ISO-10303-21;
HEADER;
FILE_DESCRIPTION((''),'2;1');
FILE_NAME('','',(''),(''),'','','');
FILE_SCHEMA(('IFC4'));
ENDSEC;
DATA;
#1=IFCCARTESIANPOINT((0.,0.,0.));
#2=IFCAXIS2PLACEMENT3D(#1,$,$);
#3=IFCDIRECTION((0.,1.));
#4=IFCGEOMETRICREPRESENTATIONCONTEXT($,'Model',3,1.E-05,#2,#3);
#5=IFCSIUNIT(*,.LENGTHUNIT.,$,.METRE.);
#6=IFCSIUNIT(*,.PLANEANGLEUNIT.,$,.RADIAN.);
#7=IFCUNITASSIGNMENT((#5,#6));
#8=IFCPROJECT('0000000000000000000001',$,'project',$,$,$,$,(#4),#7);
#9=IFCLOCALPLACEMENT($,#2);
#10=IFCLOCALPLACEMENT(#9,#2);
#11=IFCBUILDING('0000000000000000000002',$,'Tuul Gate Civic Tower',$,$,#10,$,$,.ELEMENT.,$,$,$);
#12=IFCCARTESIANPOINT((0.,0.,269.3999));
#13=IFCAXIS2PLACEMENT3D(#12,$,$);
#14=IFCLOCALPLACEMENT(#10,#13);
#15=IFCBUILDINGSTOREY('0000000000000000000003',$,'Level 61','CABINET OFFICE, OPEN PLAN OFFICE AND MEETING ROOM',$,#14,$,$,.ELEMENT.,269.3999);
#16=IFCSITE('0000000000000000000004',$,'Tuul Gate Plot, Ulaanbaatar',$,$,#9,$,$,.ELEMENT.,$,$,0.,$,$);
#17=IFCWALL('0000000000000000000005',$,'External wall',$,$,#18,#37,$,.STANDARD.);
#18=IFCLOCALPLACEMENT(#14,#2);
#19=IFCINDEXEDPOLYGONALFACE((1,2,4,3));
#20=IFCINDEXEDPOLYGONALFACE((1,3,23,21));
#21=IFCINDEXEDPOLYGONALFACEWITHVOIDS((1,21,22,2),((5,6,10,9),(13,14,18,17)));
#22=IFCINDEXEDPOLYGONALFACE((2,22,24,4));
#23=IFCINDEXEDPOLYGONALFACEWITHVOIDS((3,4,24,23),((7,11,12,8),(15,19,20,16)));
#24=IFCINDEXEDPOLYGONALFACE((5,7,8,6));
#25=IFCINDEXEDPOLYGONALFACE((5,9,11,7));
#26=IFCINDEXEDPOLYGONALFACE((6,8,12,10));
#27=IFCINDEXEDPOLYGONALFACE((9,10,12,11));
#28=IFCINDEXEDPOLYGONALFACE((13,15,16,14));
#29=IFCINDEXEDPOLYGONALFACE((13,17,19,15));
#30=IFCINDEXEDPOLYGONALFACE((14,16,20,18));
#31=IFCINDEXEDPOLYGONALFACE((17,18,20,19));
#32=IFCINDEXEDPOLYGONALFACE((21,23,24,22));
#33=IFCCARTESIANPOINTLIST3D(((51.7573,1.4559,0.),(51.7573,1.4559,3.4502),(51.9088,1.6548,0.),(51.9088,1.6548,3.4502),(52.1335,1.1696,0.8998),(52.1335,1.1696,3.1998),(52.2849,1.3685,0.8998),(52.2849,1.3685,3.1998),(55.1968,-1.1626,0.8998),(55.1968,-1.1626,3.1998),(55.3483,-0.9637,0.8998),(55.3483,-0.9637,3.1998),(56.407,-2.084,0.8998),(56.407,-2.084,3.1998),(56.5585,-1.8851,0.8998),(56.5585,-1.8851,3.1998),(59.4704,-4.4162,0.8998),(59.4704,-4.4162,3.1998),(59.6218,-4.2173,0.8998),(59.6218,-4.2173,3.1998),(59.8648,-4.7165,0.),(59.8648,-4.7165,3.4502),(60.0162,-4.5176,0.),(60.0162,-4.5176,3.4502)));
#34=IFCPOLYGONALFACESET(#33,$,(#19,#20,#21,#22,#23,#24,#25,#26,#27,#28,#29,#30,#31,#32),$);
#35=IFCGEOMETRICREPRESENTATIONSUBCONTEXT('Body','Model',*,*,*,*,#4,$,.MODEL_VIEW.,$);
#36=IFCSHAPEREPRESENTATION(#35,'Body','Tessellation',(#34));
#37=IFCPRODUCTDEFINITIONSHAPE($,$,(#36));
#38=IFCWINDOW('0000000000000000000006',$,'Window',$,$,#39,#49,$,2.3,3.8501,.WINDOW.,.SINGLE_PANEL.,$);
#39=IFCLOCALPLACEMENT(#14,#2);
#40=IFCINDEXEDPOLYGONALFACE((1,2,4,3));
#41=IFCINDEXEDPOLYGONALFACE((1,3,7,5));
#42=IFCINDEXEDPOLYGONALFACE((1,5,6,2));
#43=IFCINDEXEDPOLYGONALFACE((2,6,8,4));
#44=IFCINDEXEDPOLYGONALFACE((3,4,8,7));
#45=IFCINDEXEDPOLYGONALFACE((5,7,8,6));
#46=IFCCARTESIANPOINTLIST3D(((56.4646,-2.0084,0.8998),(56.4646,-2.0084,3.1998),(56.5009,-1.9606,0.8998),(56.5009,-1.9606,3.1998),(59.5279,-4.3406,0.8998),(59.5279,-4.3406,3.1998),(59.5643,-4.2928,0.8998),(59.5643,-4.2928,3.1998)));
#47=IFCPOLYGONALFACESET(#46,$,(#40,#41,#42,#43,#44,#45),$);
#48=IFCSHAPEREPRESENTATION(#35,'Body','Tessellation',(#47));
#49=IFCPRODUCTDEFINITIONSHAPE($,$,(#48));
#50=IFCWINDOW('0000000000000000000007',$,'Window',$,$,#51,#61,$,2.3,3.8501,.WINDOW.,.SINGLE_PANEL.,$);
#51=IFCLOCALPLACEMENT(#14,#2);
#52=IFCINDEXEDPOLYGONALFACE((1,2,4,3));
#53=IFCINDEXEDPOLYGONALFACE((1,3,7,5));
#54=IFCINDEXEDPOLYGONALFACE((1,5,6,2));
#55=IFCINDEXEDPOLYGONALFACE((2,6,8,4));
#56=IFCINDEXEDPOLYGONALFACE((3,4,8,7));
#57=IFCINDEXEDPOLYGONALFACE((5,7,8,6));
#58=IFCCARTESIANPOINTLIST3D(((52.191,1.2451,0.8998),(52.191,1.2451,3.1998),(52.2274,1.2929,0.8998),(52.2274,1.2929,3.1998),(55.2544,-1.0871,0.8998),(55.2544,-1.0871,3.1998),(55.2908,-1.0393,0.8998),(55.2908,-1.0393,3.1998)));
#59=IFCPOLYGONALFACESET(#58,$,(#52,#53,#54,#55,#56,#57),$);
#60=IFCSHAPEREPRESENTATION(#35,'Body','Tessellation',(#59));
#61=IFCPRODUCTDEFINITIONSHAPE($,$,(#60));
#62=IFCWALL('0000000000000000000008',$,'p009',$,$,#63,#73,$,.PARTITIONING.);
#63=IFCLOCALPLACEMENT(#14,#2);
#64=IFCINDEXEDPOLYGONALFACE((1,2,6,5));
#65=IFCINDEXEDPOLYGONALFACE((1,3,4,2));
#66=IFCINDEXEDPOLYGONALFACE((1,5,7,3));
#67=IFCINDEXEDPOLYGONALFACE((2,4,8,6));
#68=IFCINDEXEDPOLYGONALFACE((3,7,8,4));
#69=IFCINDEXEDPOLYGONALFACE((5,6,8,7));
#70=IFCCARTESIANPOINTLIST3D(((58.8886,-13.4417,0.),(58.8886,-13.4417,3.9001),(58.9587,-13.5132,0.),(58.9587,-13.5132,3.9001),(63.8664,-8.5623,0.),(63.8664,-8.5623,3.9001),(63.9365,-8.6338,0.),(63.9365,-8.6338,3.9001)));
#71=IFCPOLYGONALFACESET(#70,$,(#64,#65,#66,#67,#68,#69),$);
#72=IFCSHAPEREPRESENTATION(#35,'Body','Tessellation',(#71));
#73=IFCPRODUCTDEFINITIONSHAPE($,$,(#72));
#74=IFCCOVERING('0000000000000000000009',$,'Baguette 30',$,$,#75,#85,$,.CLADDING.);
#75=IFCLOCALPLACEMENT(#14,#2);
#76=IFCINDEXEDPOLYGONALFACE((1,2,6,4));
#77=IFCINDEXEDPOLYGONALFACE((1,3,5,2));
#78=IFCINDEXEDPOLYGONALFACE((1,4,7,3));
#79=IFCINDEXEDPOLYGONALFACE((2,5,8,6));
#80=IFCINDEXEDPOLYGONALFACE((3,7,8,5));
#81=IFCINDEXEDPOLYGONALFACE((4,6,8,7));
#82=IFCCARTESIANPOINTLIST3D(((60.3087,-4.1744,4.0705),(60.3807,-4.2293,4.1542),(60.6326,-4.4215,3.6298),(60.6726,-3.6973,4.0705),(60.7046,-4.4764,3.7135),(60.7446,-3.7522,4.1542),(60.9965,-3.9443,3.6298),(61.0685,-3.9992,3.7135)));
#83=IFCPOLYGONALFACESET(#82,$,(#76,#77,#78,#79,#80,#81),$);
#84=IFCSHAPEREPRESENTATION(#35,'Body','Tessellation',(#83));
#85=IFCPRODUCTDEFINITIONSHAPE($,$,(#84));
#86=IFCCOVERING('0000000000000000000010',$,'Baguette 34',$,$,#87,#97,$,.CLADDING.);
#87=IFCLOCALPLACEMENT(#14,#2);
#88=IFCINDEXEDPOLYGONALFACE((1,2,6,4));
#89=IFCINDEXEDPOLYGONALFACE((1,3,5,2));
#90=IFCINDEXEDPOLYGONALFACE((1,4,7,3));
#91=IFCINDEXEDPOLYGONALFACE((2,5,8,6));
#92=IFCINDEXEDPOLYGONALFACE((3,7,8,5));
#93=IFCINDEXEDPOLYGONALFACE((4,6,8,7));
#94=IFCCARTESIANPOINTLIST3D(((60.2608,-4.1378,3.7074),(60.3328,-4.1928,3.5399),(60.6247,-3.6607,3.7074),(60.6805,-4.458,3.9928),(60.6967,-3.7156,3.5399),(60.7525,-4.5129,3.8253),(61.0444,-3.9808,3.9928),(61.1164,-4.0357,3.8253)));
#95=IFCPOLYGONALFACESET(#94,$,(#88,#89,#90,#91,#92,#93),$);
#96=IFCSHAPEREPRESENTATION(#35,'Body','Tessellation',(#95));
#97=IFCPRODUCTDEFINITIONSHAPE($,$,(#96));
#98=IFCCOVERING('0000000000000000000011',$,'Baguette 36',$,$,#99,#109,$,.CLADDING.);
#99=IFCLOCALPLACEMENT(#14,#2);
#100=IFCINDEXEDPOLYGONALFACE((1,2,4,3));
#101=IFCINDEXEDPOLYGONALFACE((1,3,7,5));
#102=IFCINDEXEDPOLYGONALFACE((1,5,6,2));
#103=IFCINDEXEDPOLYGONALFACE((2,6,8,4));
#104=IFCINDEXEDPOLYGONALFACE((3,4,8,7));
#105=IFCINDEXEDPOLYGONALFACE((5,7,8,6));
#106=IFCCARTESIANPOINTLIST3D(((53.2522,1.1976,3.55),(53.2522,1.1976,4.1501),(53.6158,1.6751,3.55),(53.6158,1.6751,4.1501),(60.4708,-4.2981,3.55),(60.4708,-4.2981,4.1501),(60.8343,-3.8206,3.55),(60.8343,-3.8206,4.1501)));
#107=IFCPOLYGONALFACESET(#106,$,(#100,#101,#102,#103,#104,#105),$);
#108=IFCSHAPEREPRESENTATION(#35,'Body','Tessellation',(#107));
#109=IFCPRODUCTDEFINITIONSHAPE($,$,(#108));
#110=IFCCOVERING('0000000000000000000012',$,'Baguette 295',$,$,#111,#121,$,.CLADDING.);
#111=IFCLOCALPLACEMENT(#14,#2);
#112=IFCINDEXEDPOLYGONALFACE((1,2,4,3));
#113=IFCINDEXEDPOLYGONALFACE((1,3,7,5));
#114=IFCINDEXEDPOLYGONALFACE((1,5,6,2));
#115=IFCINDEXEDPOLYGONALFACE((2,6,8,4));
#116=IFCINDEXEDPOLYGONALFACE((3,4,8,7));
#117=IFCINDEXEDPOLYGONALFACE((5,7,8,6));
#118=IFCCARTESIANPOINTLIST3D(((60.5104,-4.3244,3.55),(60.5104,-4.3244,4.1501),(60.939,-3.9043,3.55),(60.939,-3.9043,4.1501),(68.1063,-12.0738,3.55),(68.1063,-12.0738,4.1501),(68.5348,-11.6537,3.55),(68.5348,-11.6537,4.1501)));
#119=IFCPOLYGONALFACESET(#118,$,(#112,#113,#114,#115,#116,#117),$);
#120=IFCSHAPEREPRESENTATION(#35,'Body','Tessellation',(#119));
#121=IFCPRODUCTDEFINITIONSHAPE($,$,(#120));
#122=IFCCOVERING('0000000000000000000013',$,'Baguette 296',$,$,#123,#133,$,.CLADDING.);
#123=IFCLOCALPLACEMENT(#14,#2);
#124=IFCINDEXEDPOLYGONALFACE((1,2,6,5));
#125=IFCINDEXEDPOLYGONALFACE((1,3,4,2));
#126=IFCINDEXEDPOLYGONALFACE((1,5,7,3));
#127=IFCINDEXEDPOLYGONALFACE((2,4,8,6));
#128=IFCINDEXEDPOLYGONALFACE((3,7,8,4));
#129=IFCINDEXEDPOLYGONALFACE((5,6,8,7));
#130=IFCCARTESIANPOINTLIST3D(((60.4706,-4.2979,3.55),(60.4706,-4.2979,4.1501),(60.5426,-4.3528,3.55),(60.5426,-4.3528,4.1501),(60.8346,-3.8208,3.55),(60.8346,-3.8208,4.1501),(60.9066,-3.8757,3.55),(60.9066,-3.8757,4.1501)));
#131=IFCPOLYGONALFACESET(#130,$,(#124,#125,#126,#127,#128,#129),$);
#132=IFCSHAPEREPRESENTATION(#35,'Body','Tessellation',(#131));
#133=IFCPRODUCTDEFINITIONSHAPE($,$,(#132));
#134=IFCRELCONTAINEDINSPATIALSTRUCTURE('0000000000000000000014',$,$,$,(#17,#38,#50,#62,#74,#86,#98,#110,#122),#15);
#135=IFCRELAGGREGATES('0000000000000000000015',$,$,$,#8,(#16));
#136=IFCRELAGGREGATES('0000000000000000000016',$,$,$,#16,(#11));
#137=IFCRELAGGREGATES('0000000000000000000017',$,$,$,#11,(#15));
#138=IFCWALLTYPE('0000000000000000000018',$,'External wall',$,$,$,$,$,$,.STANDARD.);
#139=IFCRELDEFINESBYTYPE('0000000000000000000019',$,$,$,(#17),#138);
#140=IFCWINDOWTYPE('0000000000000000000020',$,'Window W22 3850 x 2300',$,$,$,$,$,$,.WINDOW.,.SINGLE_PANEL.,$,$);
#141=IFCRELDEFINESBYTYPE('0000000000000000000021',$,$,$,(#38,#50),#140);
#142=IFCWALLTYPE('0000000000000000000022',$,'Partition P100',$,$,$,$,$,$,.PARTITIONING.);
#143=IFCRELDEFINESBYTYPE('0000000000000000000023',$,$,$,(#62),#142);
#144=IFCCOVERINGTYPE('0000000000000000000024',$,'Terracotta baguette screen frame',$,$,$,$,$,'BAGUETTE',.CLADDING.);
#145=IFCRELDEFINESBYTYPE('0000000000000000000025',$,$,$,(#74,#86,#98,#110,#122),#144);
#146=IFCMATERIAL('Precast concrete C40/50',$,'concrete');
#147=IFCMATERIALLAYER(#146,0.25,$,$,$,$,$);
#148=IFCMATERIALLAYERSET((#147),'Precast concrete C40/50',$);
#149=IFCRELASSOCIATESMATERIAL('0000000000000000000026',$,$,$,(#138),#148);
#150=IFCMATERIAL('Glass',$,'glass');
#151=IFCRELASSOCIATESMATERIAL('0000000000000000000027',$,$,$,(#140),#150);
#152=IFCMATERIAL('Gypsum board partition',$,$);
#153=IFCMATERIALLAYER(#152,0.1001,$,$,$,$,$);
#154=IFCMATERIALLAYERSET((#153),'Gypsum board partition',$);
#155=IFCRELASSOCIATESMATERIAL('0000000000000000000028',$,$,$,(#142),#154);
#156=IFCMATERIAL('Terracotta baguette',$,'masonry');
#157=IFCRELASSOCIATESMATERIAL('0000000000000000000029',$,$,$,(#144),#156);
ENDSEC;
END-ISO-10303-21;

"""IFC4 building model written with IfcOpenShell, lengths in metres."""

from ifc_helpers import new_model, si_unit, direction, frame, frame_2d, origin, origin_2d, place, context, subcontext, project, spatial, rectangle, extrude, material, layer, layer_set, material_profile, profile_set, type_object, element, fill, save


model = new_model("IFC4")

# Units and contexts
model_context = context("Model", 3, precision=1e-05, world=origin(), true_north=direction((0.0, 1.0)))
body_context = subcontext(model_context, "Body", "Model", "MODEL_VIEW")
ifc_project = project(units=[si_unit("LENGTHUNIT", "METRE"), si_unit("PLANEANGLEUNIT", "RADIAN")], contexts=[model_context])

# Site, building, storey
site_placement = place(None, origin())
site = spatial("IfcSite", under=ifc_project, at=site_placement, Name="Tuul Gate Plot, Ulaanbaatar", CompositionType="ELEMENT", RefElevation=0.0)
building_placement = place(site_placement, origin())
building = spatial("IfcBuilding", under=site, at=building_placement, Name="Tuul Gate Civic Tower", CompositionType="ELEMENT")
storey_placement = place(building_placement, frame((0.0, 0.0, 269.3999)))
storey = spatial("IfcBuildingStorey", under=building, at=storey_placement, Name="Level 61", Description="CABINET OFFICE, OPEN PLAN OFFICE AND MEETING ROOM", CompositionType="ELEMENT", Elevation=269.3999)

# Wall, openings, windows
ifc_material_1 = material(Name="Precast concrete C40/50", Category="concrete")
ifc_layer_1 = layer(ifc_material_1, 0.25)
ifc_layer_set_1 = layer_set([ifc_layer_1], Name="Precast concrete C40/50")
wall_type_1 = type_object("IfcWallType", Name="External wall", PredefinedType="STANDARD", material=ifc_layer_set_1)
ifc_material_2 = material(Name="Glass", Category="glass")
window_type = type_object("IfcWindowType", Name="Window W22 3850 x 2300", PartitioningType="SINGLE_PANEL", PredefinedType="WINDOW", material=ifc_material_2)
wall_1_placement = place(storey_placement, frame((59.9404, -4.6169, 0.0), z_axis=(0.0, 0.0, 1.0), x_axis=(-0.795655, 0.60575, 0.0)))
wall_1 = element("IfcWall", 1, at=wall_1_placement, inside=storey, type_object=wall_type_1, Name="External wall", PredefinedType="STANDARD", context=body_context, shape_type="SweptSolid", body=[
    extrude(rectangle(XDim=10.1897, YDim=0.25, at=frame_2d((5.0947, 0.0))), origin(), (0.0, 0.0, 1.0), 3.4502),
])
opening_1_placement = place(wall_1_placement, frame((0.4956, 0.0, 0.8999)))
opening_1 = element("IfcOpeningElement", 2, at=opening_1_placement, cuts=wall_1, PredefinedType="OPENING", context=body_context, shape_type="SweptSolid", body=[
    extrude(rectangle(XDim=3.8501, YDim=2.3, at=frame_2d((1.925, 1.1499))), frame((0.0, 0.135, 0.0), z_axis=(0.0, -1.0, 0.0), x_axis=(1.0, 0.0, 0.0)), (0.0, 0.0, 1.0), 0.27),
])
opening_2_placement = place(wall_1_placement, frame((5.8667, 0.0, 0.8999)))
opening_2 = element("IfcOpeningElement", 3, at=opening_2_placement, cuts=wall_1, PredefinedType="OPENING", context=body_context, shape_type="SweptSolid", body=[
    extrude(rectangle(XDim=3.8501, YDim=2.3, at=frame_2d((1.925, 1.1499))), frame((0.0, 0.135, 0.0), z_axis=(0.0, -1.0, 0.0), x_axis=(1.0, 0.0, 0.0)), (0.0, 0.0, 1.0), 0.27),
])
window_1_placement = place(opening_1_placement, origin())
window_1 = element("IfcWindow", 4, at=window_1_placement, inside=storey, type_object=window_type, Name="Window", OverallHeight=2.3, OverallWidth=3.8501, PartitioningType="SINGLE_PANEL", PredefinedType="WINDOW", context=body_context, shape_type="SweptSolid", body=[
    extrude(rectangle(XDim=3.8501, YDim=2.3, at=frame_2d((1.925, 1.1499))), frame((0.0, 0.03, 0.0), z_axis=(0.0, -1.0, 0.0), x_axis=(1.0, 0.0, 0.0)), (0.0, 0.0, 1.0), 0.0601),
])
fill(opening_1, window_1)
window_2_placement = place(opening_2_placement, origin())
window_2 = element("IfcWindow", 5, at=window_2_placement, inside=storey, type_object=window_type, Name="Window", OverallHeight=2.3, OverallWidth=3.8501, PartitioningType="SINGLE_PANEL", PredefinedType="WINDOW", context=body_context, shape_type="SweptSolid", body=[
    extrude(rectangle(XDim=3.8501, YDim=2.3, at=frame_2d((1.925, 1.1499))), frame((0.0, 0.03, 0.0), z_axis=(0.0, -1.0, 0.0), x_axis=(1.0, 0.0, 0.0)), (0.0, 0.0, 1.0), 0.0601),
])
fill(opening_2, window_2)

# Wall
ifc_material_3 = material(Name="Gypsum board partition")
ifc_layer_2 = layer(ifc_material_3, 0.1001)
ifc_layer_set_2 = layer_set([ifc_layer_2], Name="Gypsum board partition")
wall_type_2 = type_object("IfcWallType", Name="Partition P100", PredefinedType="PARTITIONING", material=ifc_layer_set_2)
wall_2_placement = place(storey_placement, frame((58.9236, -13.4775, 0.0), z_axis=(0.0, 0.0, 1.0), x_axis=(0.714129, 0.700014, 0.0)))
element("IfcWall", 6, at=wall_2_placement, inside=storey, type_object=wall_type_2, Name="p009", PredefinedType="PARTITIONING", context=body_context, shape_type="SweptSolid", body=[
    extrude(rectangle(XDim=6.9705, YDim=0.1001, at=frame_2d((3.4854, 0.0))), origin(), (0.0, 0.0, 1.0), 3.9001),
])

# Coverings
ifc_material_4 = material(Name="Terracotta baguette", Category="masonry")
ifc_material_profile_1 = material_profile(ifc_material_4, rectangle(XDim=0.6001, YDim=0.6001, at=origin_2d()), Name="Terracotta baguette screen frame")
ifc_profile_set_1 = profile_set([ifc_material_profile_1], Name="Terracotta baguette")
covering_type = type_object("IfcCoveringType", Name="Terracotta baguette screen frame", ElementType="BAGUETTE", PredefinedType="CLADDING", material=ifc_profile_set_1)
covering_1_placement = place(storey_placement, frame((60.7246, -4.1143, 3.9338), z_axis=(-0.583845, 0.445305, -0.678843), x_axis=(-0.606449, -0.795122, 0.0)))
element("IfcCovering", 7, at=covering_1_placement, inside=storey, type_object=covering_type, Name="Baguette 30", PredefinedType="CLADDING", context=body_context, shape_type="SweptSolid", body=[
    extrude(rectangle(XDim=0.6001, YDim=0.6001, at=origin_2d()), origin(), (0.0, 0.0, 1.0), 0.1233),
])
covering_2_placement = place(storey_placement, frame((60.6526, -4.0593, 3.8501), z_axis=(0.378253, -0.288498, -0.879599), x_axis=(0.606449, 0.795122, 0.0)))
element("IfcCovering", 8, at=covering_2_placement, inside=storey, type_object=covering_type, Name="Baguette 34", PredefinedType="CLADDING", context=body_context, shape_type="SweptSolid", body=[
    extrude(rectangle(XDim=0.6001, YDim=0.6001, at=origin_2d()), origin(), (0.0, 0.0, 1.0), 0.1904),
])
covering_3_placement = place(storey_placement, frame((60.6526, -4.0593, 3.8501), z_axis=(-0.795655, 0.60575, 0.0), x_axis=(-0.60575, -0.795655, 0.0)))
element("IfcCovering", 9, at=covering_3_placement, inside=storey, type_object=covering_type, Name="Baguette 36", PredefinedType="CLADDING", context=body_context, shape_type="SweptSolid", body=[
    extrude(rectangle(XDim=0.6001, YDim=0.6001, at=origin_2d()), origin(), (0.0, 0.0, 1.0), 9.0725),
])
covering_4_placement = place(storey_placement, frame((68.3206, -11.8638, 3.8501), z_axis=(-0.699996, 0.714147, 0.0), x_axis=(-0.714147, -0.699996, 0.0)))
element("IfcCovering", 10, at=covering_4_placement, inside=storey, type_object=covering_type, Name="Baguette 295", PredefinedType="CLADDING", context=body_context, shape_type="SweptSolid", body=[
    extrude(rectangle(XDim=0.6001, YDim=0.6001, at=origin_2d()), origin(), (0.0, 0.0, 1.0), 10.8513),
])
covering_5_placement = place(storey_placement, frame((60.7246, -4.1143, 3.8501), z_axis=(-0.795122, 0.606449, 0.0), x_axis=(-0.606449, -0.795122, 0.0)))
element("IfcCovering", 11, at=covering_5_placement, inside=storey, type_object=covering_type, Name="Baguette 296", PredefinedType="CLADDING", context=body_context, shape_type="SweptSolid", body=[
    extrude(rectangle(XDim=0.6001, YDim=0.6001, at=origin_2d()), origin(), (0.0, 0.0, 1.0), 0.0906),
])

save(model, "model.ifc")
